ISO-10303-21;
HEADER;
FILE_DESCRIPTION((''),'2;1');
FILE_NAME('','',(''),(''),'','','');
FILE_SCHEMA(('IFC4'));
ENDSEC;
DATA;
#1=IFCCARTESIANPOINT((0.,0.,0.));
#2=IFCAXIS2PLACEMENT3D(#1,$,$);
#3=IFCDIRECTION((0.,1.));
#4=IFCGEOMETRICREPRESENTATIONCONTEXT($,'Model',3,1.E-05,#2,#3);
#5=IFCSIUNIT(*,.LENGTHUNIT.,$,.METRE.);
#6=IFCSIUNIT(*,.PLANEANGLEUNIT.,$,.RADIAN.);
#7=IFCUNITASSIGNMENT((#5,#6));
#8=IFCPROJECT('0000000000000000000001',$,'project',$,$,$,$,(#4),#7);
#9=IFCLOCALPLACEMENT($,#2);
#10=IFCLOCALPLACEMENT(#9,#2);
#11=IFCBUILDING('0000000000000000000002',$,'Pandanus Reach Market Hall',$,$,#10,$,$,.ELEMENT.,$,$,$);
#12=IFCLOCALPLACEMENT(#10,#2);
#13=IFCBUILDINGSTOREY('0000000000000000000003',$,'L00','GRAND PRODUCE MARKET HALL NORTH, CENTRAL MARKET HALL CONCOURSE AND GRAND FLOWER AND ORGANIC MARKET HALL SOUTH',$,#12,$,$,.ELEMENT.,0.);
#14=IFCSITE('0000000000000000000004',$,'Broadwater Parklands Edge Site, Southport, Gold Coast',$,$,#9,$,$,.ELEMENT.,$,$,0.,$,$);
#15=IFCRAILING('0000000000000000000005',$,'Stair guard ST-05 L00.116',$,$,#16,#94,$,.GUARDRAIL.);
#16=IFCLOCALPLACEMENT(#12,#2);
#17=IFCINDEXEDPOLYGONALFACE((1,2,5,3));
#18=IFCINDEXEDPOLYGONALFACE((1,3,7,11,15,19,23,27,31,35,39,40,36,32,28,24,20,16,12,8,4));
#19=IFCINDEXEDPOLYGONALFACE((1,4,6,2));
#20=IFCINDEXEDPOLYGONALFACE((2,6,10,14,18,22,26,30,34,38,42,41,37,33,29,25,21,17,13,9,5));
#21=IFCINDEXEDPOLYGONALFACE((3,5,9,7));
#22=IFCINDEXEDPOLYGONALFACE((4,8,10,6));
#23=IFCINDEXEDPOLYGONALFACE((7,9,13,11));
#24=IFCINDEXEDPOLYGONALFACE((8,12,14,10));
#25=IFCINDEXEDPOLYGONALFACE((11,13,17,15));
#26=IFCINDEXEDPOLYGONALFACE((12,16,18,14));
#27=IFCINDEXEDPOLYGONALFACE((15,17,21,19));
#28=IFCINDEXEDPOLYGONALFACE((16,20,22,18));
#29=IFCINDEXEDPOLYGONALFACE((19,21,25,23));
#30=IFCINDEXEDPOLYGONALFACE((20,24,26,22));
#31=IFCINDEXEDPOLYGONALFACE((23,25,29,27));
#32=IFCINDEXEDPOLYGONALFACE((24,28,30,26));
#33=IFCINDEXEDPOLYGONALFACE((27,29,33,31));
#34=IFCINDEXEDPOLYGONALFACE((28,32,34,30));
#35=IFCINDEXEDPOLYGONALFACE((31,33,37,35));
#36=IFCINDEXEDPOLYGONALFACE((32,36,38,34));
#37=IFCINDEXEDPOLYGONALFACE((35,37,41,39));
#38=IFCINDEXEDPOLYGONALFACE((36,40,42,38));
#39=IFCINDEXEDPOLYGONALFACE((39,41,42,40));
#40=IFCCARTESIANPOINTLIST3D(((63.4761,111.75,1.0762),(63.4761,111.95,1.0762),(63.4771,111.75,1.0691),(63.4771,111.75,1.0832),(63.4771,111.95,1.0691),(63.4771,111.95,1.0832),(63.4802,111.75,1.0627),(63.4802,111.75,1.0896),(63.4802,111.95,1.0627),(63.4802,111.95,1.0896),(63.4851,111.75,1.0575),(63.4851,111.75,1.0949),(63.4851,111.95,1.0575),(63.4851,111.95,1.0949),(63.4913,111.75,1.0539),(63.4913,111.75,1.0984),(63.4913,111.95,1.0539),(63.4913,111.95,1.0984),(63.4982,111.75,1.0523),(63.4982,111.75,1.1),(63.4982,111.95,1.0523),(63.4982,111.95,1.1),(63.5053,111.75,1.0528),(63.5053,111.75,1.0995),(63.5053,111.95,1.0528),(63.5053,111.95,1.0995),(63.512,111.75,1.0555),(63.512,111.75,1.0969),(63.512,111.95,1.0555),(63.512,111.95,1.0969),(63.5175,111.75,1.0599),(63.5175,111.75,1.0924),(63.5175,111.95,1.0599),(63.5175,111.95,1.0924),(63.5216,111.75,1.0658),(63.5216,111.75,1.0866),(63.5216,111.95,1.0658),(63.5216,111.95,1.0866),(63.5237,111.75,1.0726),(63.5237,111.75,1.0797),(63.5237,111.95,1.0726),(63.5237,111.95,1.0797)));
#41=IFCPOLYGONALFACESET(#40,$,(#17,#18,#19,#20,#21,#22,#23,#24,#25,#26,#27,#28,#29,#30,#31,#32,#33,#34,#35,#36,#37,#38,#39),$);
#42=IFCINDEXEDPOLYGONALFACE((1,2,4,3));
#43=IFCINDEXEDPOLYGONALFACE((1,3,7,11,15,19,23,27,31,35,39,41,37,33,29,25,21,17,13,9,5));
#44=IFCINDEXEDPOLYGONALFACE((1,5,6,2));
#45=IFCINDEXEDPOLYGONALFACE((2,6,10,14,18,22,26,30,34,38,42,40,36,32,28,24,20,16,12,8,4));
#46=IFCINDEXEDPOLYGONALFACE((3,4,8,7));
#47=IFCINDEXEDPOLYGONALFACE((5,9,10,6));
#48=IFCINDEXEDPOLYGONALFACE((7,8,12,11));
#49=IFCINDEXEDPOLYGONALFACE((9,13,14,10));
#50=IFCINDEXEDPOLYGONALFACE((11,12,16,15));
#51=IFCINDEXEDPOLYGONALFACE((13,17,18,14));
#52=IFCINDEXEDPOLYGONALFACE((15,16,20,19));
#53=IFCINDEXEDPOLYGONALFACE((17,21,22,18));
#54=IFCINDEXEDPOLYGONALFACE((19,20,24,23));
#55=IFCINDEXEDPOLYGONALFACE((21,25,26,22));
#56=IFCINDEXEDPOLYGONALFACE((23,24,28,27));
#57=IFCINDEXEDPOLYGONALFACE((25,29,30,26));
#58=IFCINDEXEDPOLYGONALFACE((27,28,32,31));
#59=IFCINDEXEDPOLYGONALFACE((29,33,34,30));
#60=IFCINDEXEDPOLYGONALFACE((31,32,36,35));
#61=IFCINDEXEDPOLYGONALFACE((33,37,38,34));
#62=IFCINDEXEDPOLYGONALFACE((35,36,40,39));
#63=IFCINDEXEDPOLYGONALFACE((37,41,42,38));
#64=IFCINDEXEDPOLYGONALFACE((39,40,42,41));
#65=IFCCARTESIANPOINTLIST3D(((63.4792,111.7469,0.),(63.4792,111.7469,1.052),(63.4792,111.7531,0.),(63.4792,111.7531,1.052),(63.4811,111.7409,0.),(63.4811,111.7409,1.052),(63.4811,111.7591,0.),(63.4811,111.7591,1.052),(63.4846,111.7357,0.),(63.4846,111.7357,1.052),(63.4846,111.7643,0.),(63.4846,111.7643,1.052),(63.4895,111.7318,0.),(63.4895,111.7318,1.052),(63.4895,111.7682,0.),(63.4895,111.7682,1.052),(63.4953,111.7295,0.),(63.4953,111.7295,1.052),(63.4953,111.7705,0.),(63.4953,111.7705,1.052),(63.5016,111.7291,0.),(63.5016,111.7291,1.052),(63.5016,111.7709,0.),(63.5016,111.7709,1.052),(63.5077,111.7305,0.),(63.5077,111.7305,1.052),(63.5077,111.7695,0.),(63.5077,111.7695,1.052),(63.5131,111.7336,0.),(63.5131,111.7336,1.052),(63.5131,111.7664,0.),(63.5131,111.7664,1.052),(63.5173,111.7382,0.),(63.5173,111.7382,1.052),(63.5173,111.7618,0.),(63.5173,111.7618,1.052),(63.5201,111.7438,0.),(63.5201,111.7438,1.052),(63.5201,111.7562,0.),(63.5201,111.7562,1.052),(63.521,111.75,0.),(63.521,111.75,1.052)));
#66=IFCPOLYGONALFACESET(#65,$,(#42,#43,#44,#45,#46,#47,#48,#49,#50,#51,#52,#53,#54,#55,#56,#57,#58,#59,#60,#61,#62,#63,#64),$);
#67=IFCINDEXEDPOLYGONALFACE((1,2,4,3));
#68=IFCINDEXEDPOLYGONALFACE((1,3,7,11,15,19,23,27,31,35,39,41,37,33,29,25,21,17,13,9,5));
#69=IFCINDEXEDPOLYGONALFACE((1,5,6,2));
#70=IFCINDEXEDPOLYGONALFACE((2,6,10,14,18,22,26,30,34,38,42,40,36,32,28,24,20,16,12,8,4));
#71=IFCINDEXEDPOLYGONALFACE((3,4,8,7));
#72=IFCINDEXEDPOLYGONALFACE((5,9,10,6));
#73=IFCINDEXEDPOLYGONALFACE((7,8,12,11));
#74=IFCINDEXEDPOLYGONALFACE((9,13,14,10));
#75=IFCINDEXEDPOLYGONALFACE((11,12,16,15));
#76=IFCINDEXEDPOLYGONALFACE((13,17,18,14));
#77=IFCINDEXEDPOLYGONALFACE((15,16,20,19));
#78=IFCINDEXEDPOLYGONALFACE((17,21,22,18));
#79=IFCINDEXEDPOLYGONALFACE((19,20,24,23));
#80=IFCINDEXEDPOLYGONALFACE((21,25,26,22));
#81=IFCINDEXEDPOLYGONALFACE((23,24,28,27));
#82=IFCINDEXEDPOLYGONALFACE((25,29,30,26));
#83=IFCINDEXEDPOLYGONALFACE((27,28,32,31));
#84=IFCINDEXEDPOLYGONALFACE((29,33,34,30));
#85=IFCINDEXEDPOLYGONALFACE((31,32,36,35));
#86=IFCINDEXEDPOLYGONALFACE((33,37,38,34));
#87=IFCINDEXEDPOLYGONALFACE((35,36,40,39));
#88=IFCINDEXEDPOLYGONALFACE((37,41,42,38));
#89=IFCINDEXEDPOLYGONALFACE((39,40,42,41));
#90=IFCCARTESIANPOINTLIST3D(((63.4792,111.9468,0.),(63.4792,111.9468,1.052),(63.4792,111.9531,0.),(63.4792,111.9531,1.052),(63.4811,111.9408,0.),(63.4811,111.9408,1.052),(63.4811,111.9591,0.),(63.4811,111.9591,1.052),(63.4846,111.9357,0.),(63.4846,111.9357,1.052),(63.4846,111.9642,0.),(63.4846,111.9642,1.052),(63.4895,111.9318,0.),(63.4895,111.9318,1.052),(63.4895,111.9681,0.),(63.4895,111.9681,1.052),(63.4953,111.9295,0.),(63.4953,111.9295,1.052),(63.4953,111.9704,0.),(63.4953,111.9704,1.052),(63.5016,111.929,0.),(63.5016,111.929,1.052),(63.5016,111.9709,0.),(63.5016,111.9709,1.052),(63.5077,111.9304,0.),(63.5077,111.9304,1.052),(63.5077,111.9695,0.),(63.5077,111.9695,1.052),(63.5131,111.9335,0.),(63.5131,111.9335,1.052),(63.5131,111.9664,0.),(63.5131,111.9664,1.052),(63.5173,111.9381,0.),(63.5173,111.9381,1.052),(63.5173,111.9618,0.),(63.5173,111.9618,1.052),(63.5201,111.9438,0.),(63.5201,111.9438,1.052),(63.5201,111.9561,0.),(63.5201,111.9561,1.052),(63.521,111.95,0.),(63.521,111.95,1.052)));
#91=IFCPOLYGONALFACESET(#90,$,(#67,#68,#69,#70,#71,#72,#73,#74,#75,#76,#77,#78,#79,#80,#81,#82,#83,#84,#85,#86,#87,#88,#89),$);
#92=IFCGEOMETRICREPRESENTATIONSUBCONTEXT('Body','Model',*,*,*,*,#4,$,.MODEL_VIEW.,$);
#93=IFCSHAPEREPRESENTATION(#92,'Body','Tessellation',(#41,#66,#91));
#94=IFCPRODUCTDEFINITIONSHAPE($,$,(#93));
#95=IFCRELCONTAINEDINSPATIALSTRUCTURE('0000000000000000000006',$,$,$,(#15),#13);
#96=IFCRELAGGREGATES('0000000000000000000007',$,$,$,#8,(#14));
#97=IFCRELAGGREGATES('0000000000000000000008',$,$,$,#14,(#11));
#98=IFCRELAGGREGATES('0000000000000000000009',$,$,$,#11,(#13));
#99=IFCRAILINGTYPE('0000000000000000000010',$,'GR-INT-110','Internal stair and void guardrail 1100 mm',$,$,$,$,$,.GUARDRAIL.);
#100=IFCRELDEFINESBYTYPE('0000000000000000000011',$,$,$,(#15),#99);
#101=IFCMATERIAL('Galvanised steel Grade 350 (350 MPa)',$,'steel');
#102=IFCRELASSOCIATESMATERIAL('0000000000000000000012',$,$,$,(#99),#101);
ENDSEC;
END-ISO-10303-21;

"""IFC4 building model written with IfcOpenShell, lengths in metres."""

from ifc_helpers import new_model, si_unit, direction, frame, origin, origin_2d, place, context, subcontext, project, spatial, circle, extrude, material, type_object, element, save


model = new_model("IFC4")

# Units and contexts
model_context = context("Model", 3, precision=1e-05, world=origin(), true_north=direction((0.0, 1.0)))
body_context = subcontext(model_context, "Body", "Model", "MODEL_VIEW")
ifc_project = project(units=[si_unit("LENGTHUNIT", "METRE"), si_unit("PLANEANGLEUNIT", "RADIAN")], contexts=[model_context])

# Site, building, storey
site_placement = place(None, origin())
site = spatial("IfcSite", under=ifc_project, at=site_placement, Name="Broadwater Parklands Edge Site, Southport, Gold Coast", CompositionType="ELEMENT", RefElevation=0.0)
building_placement = place(site_placement, origin())
building = spatial("IfcBuilding", under=site, at=building_placement, Name="Pandanus Reach Market Hall", CompositionType="ELEMENT")
storey_placement = place(building_placement, origin())
storey = spatial("IfcBuildingStorey", under=building, at=storey_placement, Name="L00", Description="GRAND PRODUCE MARKET HALL NORTH, CENTRAL MARKET HALL CONCOURSE AND GRAND FLOWER AND ORGANIC MARKET HALL SOUTH", CompositionType="ELEMENT", Elevation=0.0)

# Railing
ifc_material_1 = material(Name="Galvanised steel Grade 350 (350 MPa)", Category="steel")
railing_type = type_object("IfcRailingType", Name="GR-INT-110", Description="Internal stair and void guardrail 1100 mm", PredefinedType="GUARDRAIL", material=ifc_material_1)
railing_1_placement = place(storey_placement, frame((63.5, 111.75, 0.0)))
element("IfcRailing", 1, at=railing_1_placement, inside=storey, type_object=railing_type, Name="Stair guard ST-05 L00.116", PredefinedType="GUARDRAIL", context=body_context, shape_type="SweptSolid", body=[
    extrude(circle(Radius=0.0239, at=origin_2d()), frame((0.0, 0.0, 1.0762), z_axis=(0.0, 1.0, 0.0), x_axis=(-1.0, 0.0, 0.0)), (0.0, 0.0, 1.0), 0.2),
    extrude(circle(Radius=0.021, at=origin_2d()), origin(), (0.0, 0.0, 1.0), 1.052),
    extrude(circle(Radius=0.021, at=origin_2d()), frame((0.0, 0.2, 0.0)), (0.0, 0.0, 1.0), 1.052),
])

save(model, "model.ifc")
